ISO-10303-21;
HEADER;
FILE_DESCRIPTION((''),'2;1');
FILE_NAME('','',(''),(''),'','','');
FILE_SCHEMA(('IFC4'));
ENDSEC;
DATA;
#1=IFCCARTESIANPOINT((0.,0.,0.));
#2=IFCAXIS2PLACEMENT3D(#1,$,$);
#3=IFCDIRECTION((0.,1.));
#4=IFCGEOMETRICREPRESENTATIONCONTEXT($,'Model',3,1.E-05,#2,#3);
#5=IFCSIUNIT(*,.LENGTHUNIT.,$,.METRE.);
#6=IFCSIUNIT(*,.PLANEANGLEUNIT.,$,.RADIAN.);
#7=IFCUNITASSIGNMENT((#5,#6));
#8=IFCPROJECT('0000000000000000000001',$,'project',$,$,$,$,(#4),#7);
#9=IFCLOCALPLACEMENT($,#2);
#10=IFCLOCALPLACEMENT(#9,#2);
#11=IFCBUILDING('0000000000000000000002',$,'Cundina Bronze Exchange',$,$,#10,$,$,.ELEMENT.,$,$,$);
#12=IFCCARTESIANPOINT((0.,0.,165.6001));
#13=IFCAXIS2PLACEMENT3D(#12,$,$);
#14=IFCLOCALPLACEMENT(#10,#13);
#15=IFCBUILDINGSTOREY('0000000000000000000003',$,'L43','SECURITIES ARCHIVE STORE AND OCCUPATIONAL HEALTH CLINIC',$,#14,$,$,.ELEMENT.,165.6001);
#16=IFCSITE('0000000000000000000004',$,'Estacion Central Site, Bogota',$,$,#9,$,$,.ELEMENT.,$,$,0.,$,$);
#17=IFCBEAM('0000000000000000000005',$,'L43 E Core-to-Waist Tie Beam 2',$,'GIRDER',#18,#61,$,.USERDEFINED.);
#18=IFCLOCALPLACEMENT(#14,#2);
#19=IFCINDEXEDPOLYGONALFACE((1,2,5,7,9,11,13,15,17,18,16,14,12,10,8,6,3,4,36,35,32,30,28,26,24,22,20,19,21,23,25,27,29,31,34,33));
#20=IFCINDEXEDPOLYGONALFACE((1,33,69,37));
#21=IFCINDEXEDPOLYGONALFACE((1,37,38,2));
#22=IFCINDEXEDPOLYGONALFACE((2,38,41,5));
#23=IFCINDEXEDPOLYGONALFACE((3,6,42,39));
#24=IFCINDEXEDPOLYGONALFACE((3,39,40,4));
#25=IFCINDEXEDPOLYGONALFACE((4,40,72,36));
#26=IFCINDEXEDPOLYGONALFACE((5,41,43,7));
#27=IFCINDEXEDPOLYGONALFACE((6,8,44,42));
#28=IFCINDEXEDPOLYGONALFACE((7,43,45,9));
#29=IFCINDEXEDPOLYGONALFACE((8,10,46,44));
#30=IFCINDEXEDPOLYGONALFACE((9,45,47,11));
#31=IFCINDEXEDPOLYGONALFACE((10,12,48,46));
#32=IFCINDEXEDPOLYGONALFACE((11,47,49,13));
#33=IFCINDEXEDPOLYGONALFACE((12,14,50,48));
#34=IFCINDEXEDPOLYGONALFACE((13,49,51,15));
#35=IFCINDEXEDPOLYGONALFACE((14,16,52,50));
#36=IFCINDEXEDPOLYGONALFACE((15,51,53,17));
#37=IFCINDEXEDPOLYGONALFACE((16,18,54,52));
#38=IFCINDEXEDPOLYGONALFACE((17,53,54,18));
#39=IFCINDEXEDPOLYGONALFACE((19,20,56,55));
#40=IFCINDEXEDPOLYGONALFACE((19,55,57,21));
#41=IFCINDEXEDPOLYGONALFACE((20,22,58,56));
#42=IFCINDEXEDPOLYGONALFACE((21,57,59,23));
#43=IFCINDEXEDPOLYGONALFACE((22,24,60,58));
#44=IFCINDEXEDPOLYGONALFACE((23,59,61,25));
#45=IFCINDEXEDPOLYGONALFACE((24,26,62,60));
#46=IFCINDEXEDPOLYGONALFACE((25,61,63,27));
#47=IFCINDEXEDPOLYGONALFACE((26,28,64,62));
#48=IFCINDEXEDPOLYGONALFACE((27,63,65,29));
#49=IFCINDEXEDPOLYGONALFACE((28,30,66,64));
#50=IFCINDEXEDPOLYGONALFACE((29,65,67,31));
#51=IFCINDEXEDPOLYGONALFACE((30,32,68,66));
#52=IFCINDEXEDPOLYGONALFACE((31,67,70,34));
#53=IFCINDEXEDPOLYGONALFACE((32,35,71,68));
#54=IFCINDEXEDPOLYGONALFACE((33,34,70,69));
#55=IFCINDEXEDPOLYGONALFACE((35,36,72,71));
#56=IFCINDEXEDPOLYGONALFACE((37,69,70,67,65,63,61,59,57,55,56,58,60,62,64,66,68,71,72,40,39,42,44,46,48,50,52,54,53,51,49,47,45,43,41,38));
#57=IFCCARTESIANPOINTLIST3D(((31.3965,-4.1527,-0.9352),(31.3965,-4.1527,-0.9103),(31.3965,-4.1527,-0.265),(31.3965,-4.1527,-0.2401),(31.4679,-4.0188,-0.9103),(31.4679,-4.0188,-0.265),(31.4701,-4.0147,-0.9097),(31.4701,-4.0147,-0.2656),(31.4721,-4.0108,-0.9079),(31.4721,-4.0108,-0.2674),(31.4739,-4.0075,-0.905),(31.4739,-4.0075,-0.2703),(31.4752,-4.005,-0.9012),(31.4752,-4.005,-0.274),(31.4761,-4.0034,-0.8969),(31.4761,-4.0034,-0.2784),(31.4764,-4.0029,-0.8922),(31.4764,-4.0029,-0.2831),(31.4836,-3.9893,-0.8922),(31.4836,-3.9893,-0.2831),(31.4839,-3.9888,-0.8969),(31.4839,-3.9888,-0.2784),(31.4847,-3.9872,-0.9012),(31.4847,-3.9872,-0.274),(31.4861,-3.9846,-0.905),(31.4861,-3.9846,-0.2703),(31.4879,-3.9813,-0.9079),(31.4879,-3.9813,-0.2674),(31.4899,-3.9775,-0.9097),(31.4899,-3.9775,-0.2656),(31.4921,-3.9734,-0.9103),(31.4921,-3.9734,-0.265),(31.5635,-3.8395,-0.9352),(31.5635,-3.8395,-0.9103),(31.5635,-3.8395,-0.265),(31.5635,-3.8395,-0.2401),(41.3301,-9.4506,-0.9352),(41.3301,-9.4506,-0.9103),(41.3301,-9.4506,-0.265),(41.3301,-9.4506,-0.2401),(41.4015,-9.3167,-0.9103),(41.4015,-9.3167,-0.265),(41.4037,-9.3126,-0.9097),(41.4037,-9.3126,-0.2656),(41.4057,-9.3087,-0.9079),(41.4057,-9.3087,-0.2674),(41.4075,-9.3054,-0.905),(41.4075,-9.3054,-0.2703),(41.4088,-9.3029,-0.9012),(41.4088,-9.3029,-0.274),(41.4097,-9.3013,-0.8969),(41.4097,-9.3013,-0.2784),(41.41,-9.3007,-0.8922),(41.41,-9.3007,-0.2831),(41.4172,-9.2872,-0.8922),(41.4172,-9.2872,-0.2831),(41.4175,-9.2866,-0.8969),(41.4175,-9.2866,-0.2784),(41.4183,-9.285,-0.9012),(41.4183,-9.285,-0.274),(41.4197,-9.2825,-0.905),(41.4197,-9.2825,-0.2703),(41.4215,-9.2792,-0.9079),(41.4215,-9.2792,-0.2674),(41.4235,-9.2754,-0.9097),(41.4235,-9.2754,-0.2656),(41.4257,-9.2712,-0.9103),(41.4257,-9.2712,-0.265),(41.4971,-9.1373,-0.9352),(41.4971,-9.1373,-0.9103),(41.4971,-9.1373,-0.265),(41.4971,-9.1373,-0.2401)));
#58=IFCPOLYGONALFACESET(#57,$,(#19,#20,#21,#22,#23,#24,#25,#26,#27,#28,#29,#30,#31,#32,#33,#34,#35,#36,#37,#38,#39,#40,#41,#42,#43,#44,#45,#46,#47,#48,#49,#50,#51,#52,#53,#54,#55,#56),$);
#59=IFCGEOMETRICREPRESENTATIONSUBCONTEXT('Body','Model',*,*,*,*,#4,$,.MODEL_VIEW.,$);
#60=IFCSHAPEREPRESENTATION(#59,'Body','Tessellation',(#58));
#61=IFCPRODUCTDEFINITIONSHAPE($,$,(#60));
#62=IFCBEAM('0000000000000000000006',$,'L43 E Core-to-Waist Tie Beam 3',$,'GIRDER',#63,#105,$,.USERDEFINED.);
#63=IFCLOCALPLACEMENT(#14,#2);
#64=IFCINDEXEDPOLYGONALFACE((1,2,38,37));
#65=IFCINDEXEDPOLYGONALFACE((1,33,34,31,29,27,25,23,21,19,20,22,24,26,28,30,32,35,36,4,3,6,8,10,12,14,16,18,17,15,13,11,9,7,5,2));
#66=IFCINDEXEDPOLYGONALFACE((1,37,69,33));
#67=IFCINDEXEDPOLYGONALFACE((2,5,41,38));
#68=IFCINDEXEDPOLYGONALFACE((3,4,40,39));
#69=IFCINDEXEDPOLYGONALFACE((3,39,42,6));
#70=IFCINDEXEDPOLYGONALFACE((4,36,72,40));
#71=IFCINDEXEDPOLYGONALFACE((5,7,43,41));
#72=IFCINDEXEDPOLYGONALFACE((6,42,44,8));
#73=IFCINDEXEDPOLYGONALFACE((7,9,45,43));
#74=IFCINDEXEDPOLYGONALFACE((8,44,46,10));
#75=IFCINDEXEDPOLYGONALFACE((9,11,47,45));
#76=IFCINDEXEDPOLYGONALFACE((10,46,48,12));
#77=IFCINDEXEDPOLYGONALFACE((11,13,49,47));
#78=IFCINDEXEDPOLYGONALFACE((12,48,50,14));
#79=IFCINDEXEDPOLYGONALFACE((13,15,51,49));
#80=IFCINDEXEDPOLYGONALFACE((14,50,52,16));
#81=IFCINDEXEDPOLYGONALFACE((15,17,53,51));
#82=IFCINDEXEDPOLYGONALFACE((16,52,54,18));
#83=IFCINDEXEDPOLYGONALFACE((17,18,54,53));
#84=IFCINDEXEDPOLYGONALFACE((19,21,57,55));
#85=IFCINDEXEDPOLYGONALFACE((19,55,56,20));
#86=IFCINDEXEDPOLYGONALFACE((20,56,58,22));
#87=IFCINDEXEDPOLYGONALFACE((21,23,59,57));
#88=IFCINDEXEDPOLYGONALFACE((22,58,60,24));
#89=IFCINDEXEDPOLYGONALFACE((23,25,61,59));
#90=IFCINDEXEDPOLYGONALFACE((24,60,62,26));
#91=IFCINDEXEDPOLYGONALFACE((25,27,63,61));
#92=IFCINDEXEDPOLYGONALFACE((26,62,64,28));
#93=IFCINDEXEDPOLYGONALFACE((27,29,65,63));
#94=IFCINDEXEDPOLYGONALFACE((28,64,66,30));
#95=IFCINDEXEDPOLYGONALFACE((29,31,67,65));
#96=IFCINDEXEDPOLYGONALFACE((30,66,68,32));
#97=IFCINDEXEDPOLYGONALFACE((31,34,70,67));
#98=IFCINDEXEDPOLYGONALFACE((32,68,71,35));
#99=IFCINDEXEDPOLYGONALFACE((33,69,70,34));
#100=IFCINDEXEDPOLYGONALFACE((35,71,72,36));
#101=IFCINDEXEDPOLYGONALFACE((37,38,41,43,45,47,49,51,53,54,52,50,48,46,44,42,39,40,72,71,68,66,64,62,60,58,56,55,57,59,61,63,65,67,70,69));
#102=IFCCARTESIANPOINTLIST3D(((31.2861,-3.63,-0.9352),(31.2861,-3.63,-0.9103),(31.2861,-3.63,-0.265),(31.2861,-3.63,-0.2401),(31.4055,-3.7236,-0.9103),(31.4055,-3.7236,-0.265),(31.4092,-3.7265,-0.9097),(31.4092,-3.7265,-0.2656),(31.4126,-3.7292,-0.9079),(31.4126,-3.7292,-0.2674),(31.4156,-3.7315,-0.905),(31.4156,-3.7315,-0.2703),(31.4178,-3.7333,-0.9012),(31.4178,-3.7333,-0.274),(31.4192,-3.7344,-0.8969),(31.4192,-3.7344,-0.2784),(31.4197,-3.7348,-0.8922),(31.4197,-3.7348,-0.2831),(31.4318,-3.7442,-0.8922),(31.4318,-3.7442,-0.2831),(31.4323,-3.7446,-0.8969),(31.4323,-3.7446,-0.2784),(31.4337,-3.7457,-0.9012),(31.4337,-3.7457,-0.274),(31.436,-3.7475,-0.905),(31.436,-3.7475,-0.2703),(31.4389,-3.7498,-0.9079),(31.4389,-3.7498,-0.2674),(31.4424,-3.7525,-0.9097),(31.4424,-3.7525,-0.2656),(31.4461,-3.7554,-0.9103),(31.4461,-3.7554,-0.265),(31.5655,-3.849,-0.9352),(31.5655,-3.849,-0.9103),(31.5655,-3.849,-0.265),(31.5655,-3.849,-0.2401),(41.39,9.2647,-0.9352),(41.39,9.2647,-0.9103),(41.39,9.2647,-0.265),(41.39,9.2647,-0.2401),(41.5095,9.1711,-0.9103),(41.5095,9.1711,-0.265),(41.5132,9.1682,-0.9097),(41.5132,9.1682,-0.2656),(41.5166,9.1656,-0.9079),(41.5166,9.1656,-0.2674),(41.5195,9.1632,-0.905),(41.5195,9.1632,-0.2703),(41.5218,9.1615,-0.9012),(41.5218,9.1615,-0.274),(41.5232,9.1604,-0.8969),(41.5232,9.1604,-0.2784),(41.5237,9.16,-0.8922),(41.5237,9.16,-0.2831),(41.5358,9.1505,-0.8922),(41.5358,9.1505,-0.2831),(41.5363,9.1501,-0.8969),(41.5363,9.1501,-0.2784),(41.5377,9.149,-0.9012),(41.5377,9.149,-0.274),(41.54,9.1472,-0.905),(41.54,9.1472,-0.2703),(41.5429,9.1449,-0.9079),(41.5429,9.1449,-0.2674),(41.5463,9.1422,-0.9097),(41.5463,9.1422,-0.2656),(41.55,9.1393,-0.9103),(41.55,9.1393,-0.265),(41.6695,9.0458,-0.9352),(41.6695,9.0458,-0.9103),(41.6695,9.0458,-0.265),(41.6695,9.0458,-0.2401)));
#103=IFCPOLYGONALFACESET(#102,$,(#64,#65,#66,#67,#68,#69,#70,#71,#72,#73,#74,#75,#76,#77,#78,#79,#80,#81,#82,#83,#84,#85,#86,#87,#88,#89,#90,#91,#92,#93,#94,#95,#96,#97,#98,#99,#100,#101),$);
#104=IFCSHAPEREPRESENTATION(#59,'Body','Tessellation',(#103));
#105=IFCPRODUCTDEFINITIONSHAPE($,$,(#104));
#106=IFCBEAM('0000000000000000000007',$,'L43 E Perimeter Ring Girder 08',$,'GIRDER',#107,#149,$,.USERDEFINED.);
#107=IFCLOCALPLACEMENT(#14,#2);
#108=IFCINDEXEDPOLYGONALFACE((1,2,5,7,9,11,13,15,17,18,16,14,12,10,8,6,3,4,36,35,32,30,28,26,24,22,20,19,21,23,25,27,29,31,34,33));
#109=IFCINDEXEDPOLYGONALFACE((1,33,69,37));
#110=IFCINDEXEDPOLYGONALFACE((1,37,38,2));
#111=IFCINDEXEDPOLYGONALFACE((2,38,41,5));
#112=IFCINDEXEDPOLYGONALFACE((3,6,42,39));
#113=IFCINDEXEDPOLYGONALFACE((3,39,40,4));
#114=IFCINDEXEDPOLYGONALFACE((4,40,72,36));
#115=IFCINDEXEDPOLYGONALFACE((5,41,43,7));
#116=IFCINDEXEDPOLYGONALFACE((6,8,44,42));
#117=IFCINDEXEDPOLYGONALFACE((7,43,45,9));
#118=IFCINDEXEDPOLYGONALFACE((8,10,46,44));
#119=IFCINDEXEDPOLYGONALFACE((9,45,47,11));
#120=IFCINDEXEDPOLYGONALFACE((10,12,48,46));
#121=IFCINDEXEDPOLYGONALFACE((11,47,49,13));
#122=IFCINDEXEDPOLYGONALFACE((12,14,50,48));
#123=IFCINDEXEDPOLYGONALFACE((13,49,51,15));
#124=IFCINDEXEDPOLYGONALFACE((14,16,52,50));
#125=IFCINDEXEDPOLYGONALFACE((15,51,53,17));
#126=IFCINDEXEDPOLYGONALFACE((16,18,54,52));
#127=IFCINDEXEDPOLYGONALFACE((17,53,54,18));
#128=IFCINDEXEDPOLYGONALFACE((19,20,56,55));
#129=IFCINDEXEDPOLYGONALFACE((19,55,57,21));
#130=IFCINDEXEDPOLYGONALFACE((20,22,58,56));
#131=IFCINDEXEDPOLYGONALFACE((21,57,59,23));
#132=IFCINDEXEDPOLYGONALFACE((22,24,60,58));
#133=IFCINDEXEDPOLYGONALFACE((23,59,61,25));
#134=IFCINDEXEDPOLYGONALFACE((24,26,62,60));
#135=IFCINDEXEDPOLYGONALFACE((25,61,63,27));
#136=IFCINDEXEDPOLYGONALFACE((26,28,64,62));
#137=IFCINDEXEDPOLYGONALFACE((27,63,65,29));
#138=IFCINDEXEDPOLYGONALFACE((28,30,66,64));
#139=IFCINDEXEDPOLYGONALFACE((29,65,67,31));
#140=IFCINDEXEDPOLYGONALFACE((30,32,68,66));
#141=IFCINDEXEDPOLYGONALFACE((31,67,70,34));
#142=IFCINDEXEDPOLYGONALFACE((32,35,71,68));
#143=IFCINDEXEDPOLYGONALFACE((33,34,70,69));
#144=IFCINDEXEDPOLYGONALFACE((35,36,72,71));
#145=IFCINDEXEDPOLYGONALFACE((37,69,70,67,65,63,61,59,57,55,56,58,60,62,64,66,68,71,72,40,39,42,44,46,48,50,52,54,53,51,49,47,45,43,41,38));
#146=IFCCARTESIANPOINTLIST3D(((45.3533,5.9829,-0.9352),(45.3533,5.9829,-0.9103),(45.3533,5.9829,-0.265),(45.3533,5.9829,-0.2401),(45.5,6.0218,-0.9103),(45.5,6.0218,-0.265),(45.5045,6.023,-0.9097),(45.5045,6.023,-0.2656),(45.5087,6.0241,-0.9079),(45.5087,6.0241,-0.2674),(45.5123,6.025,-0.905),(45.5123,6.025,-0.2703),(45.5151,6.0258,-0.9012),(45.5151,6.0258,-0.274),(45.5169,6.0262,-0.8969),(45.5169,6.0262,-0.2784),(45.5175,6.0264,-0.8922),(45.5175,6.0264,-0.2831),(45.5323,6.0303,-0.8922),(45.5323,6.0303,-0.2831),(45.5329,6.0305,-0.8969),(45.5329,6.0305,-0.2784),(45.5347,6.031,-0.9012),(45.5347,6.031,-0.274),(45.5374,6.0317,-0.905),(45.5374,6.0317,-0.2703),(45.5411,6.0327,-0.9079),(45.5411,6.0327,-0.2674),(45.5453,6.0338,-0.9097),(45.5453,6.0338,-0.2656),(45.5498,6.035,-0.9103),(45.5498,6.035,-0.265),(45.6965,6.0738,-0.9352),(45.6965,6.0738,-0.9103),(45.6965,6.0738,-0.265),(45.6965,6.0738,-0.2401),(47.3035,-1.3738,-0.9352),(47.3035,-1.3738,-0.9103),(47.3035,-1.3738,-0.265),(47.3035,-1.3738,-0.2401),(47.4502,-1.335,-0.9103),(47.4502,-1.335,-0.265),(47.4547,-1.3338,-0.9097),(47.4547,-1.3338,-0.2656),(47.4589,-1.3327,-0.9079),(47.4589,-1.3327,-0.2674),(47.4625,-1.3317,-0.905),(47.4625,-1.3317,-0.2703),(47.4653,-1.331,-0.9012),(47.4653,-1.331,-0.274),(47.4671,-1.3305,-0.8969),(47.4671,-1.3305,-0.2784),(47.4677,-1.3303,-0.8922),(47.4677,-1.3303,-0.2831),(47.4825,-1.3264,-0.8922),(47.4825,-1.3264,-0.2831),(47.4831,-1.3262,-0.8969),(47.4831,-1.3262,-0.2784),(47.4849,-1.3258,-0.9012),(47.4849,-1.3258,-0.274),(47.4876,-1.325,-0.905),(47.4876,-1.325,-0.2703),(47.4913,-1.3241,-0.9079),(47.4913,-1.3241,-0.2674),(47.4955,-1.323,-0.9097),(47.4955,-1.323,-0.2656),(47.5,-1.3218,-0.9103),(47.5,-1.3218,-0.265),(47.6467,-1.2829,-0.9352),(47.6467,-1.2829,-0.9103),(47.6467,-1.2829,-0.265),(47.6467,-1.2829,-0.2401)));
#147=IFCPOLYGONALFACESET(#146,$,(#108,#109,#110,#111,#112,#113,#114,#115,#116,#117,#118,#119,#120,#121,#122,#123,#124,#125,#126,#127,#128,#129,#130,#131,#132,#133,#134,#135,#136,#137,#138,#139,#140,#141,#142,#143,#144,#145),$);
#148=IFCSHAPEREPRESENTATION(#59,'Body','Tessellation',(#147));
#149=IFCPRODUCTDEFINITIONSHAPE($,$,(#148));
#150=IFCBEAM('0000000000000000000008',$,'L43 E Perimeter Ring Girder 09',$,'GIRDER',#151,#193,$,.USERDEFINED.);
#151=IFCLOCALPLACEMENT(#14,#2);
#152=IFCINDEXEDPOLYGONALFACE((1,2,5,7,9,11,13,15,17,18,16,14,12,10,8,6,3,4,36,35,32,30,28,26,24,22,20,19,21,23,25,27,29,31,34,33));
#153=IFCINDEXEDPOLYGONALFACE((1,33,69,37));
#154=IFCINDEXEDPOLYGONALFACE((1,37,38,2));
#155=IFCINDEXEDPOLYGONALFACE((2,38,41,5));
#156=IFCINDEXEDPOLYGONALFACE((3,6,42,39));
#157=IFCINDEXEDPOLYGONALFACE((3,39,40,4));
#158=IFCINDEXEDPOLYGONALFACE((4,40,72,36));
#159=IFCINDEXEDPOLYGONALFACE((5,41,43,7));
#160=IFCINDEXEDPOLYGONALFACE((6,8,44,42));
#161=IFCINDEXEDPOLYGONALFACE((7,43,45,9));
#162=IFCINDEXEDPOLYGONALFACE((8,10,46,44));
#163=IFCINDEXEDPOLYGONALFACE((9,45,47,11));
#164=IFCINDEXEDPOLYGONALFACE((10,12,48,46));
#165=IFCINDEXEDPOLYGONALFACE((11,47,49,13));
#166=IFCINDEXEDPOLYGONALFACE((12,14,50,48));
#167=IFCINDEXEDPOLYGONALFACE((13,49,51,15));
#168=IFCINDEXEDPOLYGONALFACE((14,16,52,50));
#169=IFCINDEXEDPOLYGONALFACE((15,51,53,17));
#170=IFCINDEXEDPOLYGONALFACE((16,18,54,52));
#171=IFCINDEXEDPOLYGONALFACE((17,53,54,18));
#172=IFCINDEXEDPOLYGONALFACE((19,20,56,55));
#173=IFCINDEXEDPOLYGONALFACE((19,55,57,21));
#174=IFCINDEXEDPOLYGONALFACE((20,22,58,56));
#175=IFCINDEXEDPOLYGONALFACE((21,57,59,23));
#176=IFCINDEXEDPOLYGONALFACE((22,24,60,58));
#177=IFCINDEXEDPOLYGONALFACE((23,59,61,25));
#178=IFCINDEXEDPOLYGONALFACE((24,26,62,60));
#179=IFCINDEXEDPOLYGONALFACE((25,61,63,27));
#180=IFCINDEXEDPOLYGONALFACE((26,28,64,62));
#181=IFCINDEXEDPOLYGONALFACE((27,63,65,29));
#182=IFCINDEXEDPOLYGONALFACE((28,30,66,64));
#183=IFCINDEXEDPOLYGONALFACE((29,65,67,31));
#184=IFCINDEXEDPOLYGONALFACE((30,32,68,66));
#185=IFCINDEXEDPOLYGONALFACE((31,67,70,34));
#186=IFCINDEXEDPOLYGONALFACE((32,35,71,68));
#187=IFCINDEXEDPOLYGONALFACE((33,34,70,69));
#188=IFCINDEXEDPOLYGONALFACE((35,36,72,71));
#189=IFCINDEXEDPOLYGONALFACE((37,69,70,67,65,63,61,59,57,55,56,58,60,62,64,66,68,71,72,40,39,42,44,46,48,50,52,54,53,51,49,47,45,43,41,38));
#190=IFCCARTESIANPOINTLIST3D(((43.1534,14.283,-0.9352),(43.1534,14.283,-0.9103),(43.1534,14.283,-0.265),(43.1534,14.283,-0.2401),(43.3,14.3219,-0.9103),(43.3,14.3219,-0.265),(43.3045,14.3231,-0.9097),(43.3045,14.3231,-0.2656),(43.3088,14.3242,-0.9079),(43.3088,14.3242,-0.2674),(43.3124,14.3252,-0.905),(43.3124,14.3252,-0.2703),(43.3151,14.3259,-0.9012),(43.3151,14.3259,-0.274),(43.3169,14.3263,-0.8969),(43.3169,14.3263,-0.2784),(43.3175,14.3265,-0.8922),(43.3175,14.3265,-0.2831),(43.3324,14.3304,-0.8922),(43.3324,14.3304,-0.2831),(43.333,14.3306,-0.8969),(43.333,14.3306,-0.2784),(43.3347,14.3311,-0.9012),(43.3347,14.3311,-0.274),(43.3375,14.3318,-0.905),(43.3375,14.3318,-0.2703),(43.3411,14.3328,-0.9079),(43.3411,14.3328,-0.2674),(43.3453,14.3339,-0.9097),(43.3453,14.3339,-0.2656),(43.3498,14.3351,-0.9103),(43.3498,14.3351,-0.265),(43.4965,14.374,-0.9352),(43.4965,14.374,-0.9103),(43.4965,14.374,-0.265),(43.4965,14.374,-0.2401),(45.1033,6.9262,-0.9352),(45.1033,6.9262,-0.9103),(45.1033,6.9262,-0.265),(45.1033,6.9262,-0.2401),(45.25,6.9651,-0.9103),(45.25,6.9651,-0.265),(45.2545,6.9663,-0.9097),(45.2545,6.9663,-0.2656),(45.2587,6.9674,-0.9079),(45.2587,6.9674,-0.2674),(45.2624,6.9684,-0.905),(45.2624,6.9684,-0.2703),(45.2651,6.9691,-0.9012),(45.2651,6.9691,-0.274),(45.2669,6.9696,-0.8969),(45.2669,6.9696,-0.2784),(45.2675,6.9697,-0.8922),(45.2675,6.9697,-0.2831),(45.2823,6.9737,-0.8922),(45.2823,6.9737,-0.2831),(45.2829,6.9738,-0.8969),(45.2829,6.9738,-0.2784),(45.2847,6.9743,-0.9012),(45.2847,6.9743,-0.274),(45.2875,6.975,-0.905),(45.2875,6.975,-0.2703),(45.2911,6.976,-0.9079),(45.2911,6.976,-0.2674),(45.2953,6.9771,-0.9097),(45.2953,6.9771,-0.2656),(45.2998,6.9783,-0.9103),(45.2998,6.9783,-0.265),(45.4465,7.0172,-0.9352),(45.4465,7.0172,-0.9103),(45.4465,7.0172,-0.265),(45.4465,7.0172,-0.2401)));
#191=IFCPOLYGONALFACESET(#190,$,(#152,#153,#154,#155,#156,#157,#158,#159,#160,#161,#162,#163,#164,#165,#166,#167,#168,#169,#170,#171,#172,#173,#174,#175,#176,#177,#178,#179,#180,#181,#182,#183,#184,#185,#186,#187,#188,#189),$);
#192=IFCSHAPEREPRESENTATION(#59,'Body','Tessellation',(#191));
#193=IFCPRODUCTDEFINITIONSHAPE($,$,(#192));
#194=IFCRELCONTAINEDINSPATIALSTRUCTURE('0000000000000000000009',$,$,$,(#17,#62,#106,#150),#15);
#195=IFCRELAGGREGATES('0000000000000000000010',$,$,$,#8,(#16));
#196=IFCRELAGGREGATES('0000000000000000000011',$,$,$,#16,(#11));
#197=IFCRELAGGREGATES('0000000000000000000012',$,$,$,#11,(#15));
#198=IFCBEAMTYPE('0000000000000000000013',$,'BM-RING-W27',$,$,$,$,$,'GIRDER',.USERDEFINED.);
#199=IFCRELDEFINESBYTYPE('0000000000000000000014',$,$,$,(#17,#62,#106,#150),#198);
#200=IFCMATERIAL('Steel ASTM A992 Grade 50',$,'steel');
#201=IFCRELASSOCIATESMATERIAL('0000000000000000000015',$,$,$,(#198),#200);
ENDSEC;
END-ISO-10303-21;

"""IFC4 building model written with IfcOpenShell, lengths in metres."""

from ifc_helpers import new_model, si_unit, direction, frame, origin, origin_2d, place, context, subcontext, project, spatial, i_section, extrude, material, material_profile, profile_set, type_object, element, save


model = new_model("IFC4")

# Units and contexts
model_context = context("Model", 3, precision=1e-05, world=origin(), true_north=direction((0.0, 1.0)))
body_context = subcontext(model_context, "Body", "Model", "MODEL_VIEW")
ifc_project = project(units=[si_unit("LENGTHUNIT", "METRE"), si_unit("PLANEANGLEUNIT", "RADIAN")], contexts=[model_context])

# Site, building, storey
site_placement = place(None, origin())
site = spatial("IfcSite", under=ifc_project, at=site_placement, Name="Estacion Central Site, Bogota", CompositionType="ELEMENT", RefElevation=0.0)
building_placement = place(site_placement, origin())
building = spatial("IfcBuilding", under=site, at=building_placement, Name="Cundina Bronze Exchange", CompositionType="ELEMENT")
storey_placement = place(building_placement, frame((0.0, 0.0, 165.6001)))
storey = spatial("IfcBuildingStorey", under=building, at=storey_placement, Name="L43", Description="SECURITIES ARCHIVE STORE AND OCCUPATIONAL HEALTH CLINIC", CompositionType="ELEMENT", Elevation=165.6001)

# Shared definitions
ifc_material_1 = material(Name="Steel ASTM A992 Grade 50", Category="steel")

# Beams
ifc_material_profile_1 = material_profile(ifc_material_1, i_section(OverallWidth=0.355, OverallDepth=0.6951, WebThickness=0.0154, FlangeThickness=0.0249, FilletRadius=0.0181, at=origin_2d()), Name="W27X146", Category="steel")
ifc_profile_set_1 = profile_set([ifc_material_profile_1], Name="Steel ASTM A992 Grade 50")
beam_type_1 = type_object("IfcBeamType", Name="BM-RING-W27", ElementType="GIRDER", PredefinedType="USERDEFINED", material=ifc_profile_set_1)
beam_1_placement = place(storey_placement, frame((31.48, -3.9961, -0.5876), z_axis=(0.882355, -0.470584, 0.0), x_axis=(0.470584, 0.882355, 0.0)))
element("IfcBeam", 1, at=beam_1_placement, inside=storey, type_object=beam_type_1, Name="L43 E Core-to-Waist Tie Beam 2", ObjectType="GIRDER", PredefinedType="USERDEFINED", context=body_context, shape_type="SweptSolid", body=[
    extrude(i_section(OverallWidth=0.355, OverallDepth=0.6951, WebThickness=0.0154, FlangeThickness=0.0249, FilletRadius=0.0181, at=origin_2d()), origin(), (0.0, 0.0, 1.0), 11.2581),
])
beam_2_placement = place(storey_placement, frame((31.4258, -3.7395, -0.5876), z_axis=(0.616779, 0.787136, 0.0), x_axis=(-0.787136, 0.616779, 0.0)))
element("IfcBeam", 2, at=beam_2_placement, inside=storey, type_object=beam_type_1, Name="L43 E Core-to-Waist Tie Beam 3", ObjectType="GIRDER", PredefinedType="USERDEFINED", context=body_context, shape_type="SweptSolid", body=[
    extrude(i_section(OverallWidth=0.355, OverallDepth=0.6951, WebThickness=0.0154, FlangeThickness=0.0249, FilletRadius=0.0181, at=origin_2d()), origin(), (0.0, 0.0, 1.0), 16.3818),
])
for number, where, z_axis, x_axis, name in (
    (3, (47.4751, -1.3284, -0.5876), (-0.256241, 0.966613, 0.0), (-0.966613, -0.256241, 0.0), "L43 E Perimeter Ring Girder 08"),
    (4, (45.2749, 6.9717, -0.5876), (-0.256211, 0.966621, 0.0), (-0.966621, -0.256211, 0.0), "L43 E Perimeter Ring Girder 09"),
):
    element("IfcBeam", number, at=place(storey_placement, frame(where, z_axis=z_axis, x_axis=x_axis)), inside=storey, type_object=beam_type_1, Name=name, ObjectType="GIRDER", PredefinedType="USERDEFINED", context=body_context, shape_type="SweptSolid", body=[
        extrude(i_section(OverallWidth=0.355, OverallDepth=0.6951, WebThickness=0.0154, FlangeThickness=0.0249, FilletRadius=0.0181, at=origin_2d()), origin(), (0.0, 0.0, 1.0), 7.6108),
    ])

save(model, "model.ifc")
